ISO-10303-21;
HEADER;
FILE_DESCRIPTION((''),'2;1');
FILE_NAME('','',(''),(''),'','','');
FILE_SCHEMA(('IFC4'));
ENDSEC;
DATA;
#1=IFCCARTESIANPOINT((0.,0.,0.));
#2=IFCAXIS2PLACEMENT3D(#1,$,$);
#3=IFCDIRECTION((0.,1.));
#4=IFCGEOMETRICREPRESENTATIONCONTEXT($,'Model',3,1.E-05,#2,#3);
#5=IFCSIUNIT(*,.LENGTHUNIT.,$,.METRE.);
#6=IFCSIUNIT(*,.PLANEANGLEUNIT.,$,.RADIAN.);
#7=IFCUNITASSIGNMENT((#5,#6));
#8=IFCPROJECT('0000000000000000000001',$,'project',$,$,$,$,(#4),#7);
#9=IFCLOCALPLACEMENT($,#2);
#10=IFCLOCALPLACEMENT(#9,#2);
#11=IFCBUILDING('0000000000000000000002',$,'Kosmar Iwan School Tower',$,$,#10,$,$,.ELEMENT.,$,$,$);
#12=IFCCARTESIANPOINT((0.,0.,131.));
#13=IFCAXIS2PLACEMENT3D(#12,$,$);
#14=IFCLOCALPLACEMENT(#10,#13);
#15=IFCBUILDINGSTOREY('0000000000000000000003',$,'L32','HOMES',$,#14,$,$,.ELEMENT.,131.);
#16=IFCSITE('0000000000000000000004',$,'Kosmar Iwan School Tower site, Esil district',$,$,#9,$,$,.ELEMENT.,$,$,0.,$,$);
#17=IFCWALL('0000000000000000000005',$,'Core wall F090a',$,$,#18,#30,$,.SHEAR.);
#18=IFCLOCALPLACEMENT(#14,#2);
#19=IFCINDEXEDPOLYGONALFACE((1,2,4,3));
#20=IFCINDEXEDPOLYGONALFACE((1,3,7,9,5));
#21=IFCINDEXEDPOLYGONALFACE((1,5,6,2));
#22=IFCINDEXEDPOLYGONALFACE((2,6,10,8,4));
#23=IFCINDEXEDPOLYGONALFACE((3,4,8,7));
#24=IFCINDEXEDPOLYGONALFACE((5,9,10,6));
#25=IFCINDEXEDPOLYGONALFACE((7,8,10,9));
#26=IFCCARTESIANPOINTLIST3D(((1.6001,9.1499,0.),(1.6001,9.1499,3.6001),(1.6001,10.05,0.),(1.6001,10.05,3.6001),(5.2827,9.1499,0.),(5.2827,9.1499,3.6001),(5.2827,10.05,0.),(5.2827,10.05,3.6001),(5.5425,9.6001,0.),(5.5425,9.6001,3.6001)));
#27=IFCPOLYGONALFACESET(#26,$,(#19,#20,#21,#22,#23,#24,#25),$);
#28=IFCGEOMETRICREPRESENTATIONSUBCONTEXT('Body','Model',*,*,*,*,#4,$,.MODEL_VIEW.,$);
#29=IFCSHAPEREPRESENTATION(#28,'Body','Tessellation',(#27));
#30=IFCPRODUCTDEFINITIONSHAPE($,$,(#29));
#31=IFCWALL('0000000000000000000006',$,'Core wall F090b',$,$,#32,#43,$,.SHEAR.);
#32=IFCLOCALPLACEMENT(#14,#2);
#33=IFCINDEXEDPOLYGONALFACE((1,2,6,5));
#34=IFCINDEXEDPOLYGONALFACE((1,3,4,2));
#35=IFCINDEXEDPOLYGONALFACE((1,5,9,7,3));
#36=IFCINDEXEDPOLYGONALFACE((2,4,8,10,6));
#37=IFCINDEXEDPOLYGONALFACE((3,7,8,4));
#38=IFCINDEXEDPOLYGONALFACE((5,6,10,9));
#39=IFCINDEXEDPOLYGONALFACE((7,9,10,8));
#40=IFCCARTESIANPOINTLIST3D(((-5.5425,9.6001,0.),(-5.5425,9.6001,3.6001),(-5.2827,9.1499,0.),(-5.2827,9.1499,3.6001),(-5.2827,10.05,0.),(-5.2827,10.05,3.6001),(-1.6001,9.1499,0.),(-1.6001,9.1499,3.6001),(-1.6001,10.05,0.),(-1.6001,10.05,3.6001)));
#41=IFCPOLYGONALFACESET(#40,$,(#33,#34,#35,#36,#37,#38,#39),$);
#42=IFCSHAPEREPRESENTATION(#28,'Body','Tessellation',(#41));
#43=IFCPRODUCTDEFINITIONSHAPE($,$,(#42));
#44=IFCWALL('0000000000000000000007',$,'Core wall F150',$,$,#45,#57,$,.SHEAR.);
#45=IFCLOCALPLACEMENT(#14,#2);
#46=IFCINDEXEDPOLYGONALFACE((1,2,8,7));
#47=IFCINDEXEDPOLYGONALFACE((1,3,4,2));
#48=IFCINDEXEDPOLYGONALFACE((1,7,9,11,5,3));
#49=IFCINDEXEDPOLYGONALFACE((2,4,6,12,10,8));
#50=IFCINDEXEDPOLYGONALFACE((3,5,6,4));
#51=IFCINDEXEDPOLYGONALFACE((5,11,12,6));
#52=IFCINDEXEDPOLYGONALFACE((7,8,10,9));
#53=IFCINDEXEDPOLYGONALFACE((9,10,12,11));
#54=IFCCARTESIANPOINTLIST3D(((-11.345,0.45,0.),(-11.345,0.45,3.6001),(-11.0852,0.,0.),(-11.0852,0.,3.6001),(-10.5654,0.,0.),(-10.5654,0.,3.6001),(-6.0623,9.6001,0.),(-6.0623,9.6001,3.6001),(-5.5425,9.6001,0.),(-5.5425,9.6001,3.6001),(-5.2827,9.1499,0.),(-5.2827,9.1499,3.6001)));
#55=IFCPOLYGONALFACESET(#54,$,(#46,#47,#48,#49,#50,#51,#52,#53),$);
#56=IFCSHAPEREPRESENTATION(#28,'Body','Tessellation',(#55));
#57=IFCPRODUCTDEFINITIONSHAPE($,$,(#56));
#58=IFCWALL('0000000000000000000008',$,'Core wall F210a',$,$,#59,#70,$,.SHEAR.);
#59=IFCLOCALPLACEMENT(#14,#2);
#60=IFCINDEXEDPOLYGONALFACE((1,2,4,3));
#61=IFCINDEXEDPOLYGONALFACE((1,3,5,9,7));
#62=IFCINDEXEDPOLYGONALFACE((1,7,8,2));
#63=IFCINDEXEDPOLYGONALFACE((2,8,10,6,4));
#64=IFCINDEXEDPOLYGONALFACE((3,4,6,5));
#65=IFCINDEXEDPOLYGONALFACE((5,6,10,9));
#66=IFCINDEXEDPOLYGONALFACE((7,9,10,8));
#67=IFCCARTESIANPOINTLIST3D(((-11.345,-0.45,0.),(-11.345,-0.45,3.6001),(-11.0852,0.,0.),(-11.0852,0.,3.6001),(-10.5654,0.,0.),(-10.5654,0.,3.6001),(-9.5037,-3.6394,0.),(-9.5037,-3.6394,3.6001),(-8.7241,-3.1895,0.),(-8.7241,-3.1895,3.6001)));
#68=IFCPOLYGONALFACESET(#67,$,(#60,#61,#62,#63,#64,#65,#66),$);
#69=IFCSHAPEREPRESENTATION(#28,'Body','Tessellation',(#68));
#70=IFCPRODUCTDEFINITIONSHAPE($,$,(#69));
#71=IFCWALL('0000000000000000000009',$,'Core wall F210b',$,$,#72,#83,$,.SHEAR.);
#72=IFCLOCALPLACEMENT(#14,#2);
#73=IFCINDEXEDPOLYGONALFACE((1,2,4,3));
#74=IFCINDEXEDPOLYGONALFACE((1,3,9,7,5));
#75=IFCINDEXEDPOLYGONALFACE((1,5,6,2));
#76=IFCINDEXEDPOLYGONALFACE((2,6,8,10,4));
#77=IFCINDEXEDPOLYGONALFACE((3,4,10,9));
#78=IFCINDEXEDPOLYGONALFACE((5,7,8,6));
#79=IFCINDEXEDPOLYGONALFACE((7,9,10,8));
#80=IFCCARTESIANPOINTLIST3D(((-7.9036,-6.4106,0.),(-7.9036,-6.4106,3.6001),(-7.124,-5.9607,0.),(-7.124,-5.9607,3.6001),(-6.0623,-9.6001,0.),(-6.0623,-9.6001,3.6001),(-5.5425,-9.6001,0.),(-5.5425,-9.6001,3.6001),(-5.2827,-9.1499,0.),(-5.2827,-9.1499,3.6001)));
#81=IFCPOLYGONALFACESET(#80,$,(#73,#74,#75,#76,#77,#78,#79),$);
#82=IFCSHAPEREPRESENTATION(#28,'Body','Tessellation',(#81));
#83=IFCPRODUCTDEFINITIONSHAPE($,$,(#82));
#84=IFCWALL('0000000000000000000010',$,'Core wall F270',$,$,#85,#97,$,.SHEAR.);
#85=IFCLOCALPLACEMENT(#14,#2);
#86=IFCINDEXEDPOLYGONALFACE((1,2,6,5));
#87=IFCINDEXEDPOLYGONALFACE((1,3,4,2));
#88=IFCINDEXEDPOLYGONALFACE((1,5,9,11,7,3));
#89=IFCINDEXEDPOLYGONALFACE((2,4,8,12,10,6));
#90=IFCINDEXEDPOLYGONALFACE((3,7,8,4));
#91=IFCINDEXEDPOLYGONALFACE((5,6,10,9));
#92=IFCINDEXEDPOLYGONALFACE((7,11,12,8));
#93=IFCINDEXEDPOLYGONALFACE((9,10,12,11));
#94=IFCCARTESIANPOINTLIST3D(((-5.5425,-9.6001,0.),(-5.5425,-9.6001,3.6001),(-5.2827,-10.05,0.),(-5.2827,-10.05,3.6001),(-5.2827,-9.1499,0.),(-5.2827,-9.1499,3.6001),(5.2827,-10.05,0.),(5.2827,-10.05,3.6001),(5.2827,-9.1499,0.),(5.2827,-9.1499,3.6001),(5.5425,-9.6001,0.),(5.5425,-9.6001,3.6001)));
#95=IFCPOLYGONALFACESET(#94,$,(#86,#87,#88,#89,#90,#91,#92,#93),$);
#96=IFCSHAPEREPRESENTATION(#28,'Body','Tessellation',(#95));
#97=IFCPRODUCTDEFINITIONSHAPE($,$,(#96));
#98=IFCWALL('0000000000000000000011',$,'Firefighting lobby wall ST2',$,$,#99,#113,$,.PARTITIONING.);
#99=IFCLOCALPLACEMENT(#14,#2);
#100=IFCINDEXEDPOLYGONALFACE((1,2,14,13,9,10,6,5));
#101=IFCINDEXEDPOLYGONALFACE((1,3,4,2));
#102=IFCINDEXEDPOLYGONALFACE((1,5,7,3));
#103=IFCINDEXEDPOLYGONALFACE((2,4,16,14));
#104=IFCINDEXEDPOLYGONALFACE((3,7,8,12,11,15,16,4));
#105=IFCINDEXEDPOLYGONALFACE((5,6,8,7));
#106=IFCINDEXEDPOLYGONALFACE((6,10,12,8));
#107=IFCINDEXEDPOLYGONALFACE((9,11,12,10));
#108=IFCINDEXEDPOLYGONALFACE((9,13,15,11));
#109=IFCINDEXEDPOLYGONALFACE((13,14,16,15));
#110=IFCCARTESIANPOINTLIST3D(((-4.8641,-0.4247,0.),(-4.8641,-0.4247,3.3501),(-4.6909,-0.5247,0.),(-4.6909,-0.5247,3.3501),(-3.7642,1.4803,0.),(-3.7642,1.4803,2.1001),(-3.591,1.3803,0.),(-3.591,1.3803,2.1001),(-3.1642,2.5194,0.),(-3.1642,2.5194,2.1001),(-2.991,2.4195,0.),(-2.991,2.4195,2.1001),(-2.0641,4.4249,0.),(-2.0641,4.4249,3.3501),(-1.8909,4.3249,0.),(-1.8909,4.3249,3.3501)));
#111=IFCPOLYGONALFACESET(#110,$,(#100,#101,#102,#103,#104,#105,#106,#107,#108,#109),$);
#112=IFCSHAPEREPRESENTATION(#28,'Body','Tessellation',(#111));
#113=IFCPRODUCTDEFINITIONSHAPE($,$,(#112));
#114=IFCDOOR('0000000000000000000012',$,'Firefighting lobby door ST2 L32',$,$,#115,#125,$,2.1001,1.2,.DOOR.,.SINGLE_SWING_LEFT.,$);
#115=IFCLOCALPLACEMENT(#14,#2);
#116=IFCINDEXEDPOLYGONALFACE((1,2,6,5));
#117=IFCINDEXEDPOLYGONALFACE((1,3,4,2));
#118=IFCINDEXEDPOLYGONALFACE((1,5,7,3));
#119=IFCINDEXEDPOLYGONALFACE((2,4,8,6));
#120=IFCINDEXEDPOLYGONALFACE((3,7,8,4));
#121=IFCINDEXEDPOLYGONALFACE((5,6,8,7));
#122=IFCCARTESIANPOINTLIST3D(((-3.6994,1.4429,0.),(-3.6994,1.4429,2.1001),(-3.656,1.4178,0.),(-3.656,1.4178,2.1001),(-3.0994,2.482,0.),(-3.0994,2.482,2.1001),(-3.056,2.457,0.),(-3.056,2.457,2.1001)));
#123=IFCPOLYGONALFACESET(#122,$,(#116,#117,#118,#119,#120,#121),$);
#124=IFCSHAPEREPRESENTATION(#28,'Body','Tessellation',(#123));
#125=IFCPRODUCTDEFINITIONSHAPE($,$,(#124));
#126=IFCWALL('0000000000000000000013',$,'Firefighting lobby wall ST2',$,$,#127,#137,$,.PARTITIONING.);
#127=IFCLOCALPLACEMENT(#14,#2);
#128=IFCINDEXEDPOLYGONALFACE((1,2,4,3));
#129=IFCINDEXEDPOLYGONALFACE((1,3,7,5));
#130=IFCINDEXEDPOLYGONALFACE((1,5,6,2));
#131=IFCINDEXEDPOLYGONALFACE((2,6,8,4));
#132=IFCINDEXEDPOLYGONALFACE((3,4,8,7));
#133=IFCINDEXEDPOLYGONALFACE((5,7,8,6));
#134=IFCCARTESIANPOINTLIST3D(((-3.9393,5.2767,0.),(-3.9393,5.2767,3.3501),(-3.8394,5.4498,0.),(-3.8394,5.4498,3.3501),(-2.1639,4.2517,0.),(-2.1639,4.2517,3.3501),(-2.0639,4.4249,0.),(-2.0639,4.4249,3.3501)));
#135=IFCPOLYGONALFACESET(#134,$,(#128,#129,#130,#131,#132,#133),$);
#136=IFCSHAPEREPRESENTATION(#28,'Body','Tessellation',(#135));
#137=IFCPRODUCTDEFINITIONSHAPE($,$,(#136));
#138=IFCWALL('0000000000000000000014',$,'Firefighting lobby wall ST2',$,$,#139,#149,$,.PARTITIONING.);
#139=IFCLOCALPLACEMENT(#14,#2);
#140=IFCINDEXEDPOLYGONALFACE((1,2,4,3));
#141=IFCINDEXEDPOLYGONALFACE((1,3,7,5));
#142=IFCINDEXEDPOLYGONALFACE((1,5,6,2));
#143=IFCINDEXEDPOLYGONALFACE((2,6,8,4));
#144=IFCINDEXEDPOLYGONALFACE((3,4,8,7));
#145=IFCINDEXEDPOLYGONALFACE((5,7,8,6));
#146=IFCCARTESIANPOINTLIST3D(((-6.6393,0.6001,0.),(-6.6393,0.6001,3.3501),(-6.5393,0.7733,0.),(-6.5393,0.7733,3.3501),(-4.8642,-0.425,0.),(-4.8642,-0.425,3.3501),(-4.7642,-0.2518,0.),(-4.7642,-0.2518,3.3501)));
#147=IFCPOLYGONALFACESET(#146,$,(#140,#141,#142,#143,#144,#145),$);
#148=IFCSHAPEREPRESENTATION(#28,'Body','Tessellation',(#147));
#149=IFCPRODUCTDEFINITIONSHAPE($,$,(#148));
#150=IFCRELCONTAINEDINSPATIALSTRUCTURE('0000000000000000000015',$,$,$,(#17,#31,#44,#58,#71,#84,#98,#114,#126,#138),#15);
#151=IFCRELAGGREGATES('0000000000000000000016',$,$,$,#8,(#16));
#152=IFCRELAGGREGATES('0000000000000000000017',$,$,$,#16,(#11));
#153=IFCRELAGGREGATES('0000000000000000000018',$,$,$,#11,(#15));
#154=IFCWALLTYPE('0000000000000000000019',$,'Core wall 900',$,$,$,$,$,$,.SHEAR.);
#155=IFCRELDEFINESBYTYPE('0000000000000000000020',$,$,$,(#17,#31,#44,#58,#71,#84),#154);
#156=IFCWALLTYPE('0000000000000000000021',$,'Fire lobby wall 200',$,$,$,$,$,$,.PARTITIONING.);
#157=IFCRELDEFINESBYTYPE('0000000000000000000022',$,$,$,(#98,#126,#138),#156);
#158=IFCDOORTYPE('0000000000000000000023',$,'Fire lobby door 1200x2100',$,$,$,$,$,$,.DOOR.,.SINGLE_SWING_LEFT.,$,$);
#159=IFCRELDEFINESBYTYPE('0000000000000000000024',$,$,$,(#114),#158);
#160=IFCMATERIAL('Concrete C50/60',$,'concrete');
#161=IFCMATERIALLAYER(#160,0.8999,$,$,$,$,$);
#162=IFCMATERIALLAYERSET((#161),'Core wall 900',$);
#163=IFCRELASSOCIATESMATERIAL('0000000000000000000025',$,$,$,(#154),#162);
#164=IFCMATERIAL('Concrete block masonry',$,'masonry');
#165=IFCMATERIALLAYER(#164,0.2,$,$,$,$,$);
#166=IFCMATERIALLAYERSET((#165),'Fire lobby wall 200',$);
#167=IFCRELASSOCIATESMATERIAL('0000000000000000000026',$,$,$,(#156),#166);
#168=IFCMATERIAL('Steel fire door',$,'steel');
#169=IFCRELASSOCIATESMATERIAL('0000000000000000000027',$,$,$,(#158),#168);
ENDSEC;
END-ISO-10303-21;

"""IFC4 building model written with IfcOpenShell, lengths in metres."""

from ifc_helpers import new_model, si_unit, direction, frame, frame_2d, origin, place, context, subcontext, project, spatial, polyline, rectangle, outline, extrude, material, layer, layer_set, type_object, element, fill, save


model = new_model("IFC4")

# Units and contexts
model_context = context("Model", 3, precision=1e-05, world=origin(), true_north=direction((0.0, 1.0)))
body_context = subcontext(model_context, "Body", "Model", "MODEL_VIEW")
ifc_project = project(units=[si_unit("LENGTHUNIT", "METRE"), si_unit("PLANEANGLEUNIT", "RADIAN")], contexts=[model_context])

# Site, building, storey
site_placement = place(None, origin())
site = spatial("IfcSite", under=ifc_project, at=site_placement, Name="Kosmar Iwan School Tower site, Esil district", CompositionType="ELEMENT", RefElevation=0.0)
building_placement = place(site_placement, origin())
building = spatial("IfcBuilding", under=site, at=building_placement, Name="Kosmar Iwan School Tower", CompositionType="ELEMENT")
storey_placement = place(building_placement, frame((0.0, 0.0, 131.0)))
storey = spatial("IfcBuildingStorey", under=building, at=storey_placement, Name="L32", Description="HOMES", CompositionType="ELEMENT", Elevation=131.0)

# Walls
ifc_material_1 = material(Name="Concrete C50/60", Category="concrete")
ifc_layer_1 = layer(ifc_material_1, 0.8999)
ifc_layer_set_1 = layer_set([ifc_layer_1], Name="Core wall 900")
wall_type_1 = type_object("IfcWallType", Name="Core wall 900", PredefinedType="SHEAR", material=ifc_layer_set_1)
wall_1_placement = place(storey_placement, origin())
element("IfcWall", 1, at=wall_1_placement, inside=storey, type_object=wall_type_1, Name="Core wall F090a", PredefinedType="SHEAR", context=body_context, shape_type="SweptSolid", body=[
    extrude(outline(polyline([(1.6001, 9.1499), (5.2827, 9.1499), (5.5425, 9.6001), (5.2827, 10.05), (1.6001, 10.05), (1.6001, 9.1499)])), origin(), (0.0, 0.0, 1.0), 3.6001),
])
wall_2_placement = place(storey_placement, origin())
element("IfcWall", 2, at=wall_2_placement, inside=storey, type_object=wall_type_1, Name="Core wall F090b", PredefinedType="SHEAR", context=body_context, shape_type="SweptSolid", body=[
    extrude(outline(polyline([(-5.2827, 9.1499), (-1.6001, 9.1499), (-1.6001, 10.05), (-5.2827, 10.05), (-5.5425, 9.6001), (-5.2827, 9.1499)])), origin(), (0.0, 0.0, 1.0), 3.6001),
])
wall_3_placement = place(storey_placement, origin())
element("IfcWall", 3, at=wall_3_placement, inside=storey, type_object=wall_type_1, Name="Core wall F150", PredefinedType="SHEAR", context=body_context, shape_type="SweptSolid", body=[
    extrude(outline(polyline([(-11.0852, 0.0), (-10.5654, 0.0), (-5.2827, 9.1499), (-5.5425, 9.6001), (-6.0623, 9.6001), (-11.345, 0.45), (-11.0852, 0.0)])), origin(), (0.0, 0.0, 1.0), 3.6001),
])
wall_4_placement = place(storey_placement, origin())
element("IfcWall", 4, at=wall_4_placement, inside=storey, type_object=wall_type_1, Name="Core wall F210a", PredefinedType="SHEAR", context=body_context, shape_type="SweptSolid", body=[
    extrude(outline(polyline([(-9.5037, -3.6394), (-8.7241, -3.1895), (-10.5654, 0.0), (-11.0852, 0.0), (-11.345, -0.45), (-9.5037, -3.6394)])), origin(), (0.0, 0.0, 1.0), 3.6001),
])
wall_5_placement = place(storey_placement, origin())
element("IfcWall", 5, at=wall_5_placement, inside=storey, type_object=wall_type_1, Name="Core wall F210b", PredefinedType="SHEAR", context=body_context, shape_type="SweptSolid", body=[
    extrude(outline(polyline([(-6.0623, -9.6001), (-5.5425, -9.6001), (-5.2827, -9.1499), (-7.124, -5.9607), (-7.9036, -6.4106), (-6.0623, -9.6001)])), origin(), (0.0, 0.0, 1.0), 3.6001),
])
wall_6_placement = place(storey_placement, origin())
element("IfcWall", 6, at=wall_6_placement, inside=storey, type_object=wall_type_1, Name="Core wall F270", PredefinedType="SHEAR", context=body_context, shape_type="SweptSolid", body=[
    extrude(outline(polyline([(-5.2827, -10.05), (5.2827, -10.05), (5.5425, -9.6001), (5.2827, -9.1499), (-5.2827, -9.1499), (-5.5425, -9.6001), (-5.2827, -10.05)])), origin(), (0.0, 0.0, 1.0), 3.6001),
])

# Wall, opening, door
ifc_material_2 = material(Name="Concrete block masonry", Category="masonry")
ifc_layer_2 = layer(ifc_material_2, 0.2)
ifc_layer_set_2 = layer_set([ifc_layer_2], Name="Fire lobby wall 200")
wall_type_2 = type_object("IfcWallType", Name="Fire lobby wall 200", PredefinedType="PARTITIONING", material=ifc_layer_set_2)
wall_7_placement = place(storey_placement, frame((-1.9775, 4.3748, 0.0), z_axis=(0.0, 0.0, 1.0), x_axis=(-0.500017, -0.866016, 0.0)))
wall_7 = element("IfcWall", 7, at=wall_7_placement, inside=storey, type_object=wall_type_2, Name="Firefighting lobby wall ST2", PredefinedType="PARTITIONING", context=body_context, shape_type="SweptSolid", body=[
    extrude(rectangle(XDim=5.5999, YDim=0.2, at=frame_2d((2.7998, 0.0))), origin(), (0.0, 0.0, 1.0), 3.3501),
])
opening_1_placement = place(wall_7_placement, frame((2.2, 0.0, 0.0)))
opening_1 = element("IfcOpeningElement", 8, at=opening_1_placement, cuts=wall_7, PredefinedType="OPENING", context=body_context, shape_type="SweptSolid", body=[
    extrude(rectangle(XDim=1.2, YDim=2.1001, at=frame_2d((0.6001, 1.05))), frame((0.0, 0.1121, 0.0), z_axis=(0.0, -1.0, 0.0), x_axis=(1.0, 0.0, 0.0)), (0.0, 0.0, 1.0), 0.2239),
])
ifc_material_3 = material(Name="Steel fire door", Category="steel")
door_type_1 = type_object("IfcDoorType", Name="Fire lobby door 1200x2100", OperationType="SINGLE_SWING_LEFT", PredefinedType="DOOR", material=ifc_material_3)
door_1_placement = place(opening_1_placement, origin())
door_1 = element("IfcDoor", 9, at=door_1_placement, inside=storey, type_object=door_type_1, Name="Firefighting lobby door ST2 L32", OperationType="SINGLE_SWING_LEFT", OverallHeight=2.1001, OverallWidth=1.2, PredefinedType="DOOR", context=body_context, shape_type="SweptSolid", body=[
    extrude(rectangle(XDim=1.2, YDim=2.1001, at=frame_2d((0.6001, 1.05))), frame((0.0, 0.0249, 0.0), z_axis=(0.0, -1.0, 0.0), x_axis=(1.0, 0.0, 0.0)), (0.0, 0.0, 1.0), 0.05),
])
fill(opening_1, door_1)

# Walls
wall_8_placement = place(storey_placement, frame((-2.114, 4.3384, 0.0), z_axis=(0.0, 0.0, 1.0), x_axis=(-0.866051, 0.499956, 0.0)))
element("IfcWall", 10, at=wall_8_placement, inside=storey, type_object=wall_type_2, Name="Firefighting lobby wall ST2", PredefinedType="PARTITIONING", context=body_context, shape_type="SweptSolid", body=[
    extrude(rectangle(XDim=2.05, YDim=0.2, at=frame_2d((1.0249, 0.0))), origin(), (0.0, 0.0, 1.0), 3.3501),
])
wall_9_placement = place(storey_placement, frame((-4.8142, -0.3384, 0.0), z_axis=(0.0, 0.0, 1.0), x_axis=(-0.865969, 0.500097, 0.0)))
element("IfcWall", 11, at=wall_9_placement, inside=storey, type_object=wall_type_2, Name="Firefighting lobby wall ST2", PredefinedType="PARTITIONING", context=body_context, shape_type="SweptSolid", body=[
    extrude(rectangle(XDim=2.0498, YDim=0.2, at=frame_2d((1.0249, 0.0))), origin(), (0.0, 0.0, 1.0), 3.3501),
])

save(model, "model.ifc")
